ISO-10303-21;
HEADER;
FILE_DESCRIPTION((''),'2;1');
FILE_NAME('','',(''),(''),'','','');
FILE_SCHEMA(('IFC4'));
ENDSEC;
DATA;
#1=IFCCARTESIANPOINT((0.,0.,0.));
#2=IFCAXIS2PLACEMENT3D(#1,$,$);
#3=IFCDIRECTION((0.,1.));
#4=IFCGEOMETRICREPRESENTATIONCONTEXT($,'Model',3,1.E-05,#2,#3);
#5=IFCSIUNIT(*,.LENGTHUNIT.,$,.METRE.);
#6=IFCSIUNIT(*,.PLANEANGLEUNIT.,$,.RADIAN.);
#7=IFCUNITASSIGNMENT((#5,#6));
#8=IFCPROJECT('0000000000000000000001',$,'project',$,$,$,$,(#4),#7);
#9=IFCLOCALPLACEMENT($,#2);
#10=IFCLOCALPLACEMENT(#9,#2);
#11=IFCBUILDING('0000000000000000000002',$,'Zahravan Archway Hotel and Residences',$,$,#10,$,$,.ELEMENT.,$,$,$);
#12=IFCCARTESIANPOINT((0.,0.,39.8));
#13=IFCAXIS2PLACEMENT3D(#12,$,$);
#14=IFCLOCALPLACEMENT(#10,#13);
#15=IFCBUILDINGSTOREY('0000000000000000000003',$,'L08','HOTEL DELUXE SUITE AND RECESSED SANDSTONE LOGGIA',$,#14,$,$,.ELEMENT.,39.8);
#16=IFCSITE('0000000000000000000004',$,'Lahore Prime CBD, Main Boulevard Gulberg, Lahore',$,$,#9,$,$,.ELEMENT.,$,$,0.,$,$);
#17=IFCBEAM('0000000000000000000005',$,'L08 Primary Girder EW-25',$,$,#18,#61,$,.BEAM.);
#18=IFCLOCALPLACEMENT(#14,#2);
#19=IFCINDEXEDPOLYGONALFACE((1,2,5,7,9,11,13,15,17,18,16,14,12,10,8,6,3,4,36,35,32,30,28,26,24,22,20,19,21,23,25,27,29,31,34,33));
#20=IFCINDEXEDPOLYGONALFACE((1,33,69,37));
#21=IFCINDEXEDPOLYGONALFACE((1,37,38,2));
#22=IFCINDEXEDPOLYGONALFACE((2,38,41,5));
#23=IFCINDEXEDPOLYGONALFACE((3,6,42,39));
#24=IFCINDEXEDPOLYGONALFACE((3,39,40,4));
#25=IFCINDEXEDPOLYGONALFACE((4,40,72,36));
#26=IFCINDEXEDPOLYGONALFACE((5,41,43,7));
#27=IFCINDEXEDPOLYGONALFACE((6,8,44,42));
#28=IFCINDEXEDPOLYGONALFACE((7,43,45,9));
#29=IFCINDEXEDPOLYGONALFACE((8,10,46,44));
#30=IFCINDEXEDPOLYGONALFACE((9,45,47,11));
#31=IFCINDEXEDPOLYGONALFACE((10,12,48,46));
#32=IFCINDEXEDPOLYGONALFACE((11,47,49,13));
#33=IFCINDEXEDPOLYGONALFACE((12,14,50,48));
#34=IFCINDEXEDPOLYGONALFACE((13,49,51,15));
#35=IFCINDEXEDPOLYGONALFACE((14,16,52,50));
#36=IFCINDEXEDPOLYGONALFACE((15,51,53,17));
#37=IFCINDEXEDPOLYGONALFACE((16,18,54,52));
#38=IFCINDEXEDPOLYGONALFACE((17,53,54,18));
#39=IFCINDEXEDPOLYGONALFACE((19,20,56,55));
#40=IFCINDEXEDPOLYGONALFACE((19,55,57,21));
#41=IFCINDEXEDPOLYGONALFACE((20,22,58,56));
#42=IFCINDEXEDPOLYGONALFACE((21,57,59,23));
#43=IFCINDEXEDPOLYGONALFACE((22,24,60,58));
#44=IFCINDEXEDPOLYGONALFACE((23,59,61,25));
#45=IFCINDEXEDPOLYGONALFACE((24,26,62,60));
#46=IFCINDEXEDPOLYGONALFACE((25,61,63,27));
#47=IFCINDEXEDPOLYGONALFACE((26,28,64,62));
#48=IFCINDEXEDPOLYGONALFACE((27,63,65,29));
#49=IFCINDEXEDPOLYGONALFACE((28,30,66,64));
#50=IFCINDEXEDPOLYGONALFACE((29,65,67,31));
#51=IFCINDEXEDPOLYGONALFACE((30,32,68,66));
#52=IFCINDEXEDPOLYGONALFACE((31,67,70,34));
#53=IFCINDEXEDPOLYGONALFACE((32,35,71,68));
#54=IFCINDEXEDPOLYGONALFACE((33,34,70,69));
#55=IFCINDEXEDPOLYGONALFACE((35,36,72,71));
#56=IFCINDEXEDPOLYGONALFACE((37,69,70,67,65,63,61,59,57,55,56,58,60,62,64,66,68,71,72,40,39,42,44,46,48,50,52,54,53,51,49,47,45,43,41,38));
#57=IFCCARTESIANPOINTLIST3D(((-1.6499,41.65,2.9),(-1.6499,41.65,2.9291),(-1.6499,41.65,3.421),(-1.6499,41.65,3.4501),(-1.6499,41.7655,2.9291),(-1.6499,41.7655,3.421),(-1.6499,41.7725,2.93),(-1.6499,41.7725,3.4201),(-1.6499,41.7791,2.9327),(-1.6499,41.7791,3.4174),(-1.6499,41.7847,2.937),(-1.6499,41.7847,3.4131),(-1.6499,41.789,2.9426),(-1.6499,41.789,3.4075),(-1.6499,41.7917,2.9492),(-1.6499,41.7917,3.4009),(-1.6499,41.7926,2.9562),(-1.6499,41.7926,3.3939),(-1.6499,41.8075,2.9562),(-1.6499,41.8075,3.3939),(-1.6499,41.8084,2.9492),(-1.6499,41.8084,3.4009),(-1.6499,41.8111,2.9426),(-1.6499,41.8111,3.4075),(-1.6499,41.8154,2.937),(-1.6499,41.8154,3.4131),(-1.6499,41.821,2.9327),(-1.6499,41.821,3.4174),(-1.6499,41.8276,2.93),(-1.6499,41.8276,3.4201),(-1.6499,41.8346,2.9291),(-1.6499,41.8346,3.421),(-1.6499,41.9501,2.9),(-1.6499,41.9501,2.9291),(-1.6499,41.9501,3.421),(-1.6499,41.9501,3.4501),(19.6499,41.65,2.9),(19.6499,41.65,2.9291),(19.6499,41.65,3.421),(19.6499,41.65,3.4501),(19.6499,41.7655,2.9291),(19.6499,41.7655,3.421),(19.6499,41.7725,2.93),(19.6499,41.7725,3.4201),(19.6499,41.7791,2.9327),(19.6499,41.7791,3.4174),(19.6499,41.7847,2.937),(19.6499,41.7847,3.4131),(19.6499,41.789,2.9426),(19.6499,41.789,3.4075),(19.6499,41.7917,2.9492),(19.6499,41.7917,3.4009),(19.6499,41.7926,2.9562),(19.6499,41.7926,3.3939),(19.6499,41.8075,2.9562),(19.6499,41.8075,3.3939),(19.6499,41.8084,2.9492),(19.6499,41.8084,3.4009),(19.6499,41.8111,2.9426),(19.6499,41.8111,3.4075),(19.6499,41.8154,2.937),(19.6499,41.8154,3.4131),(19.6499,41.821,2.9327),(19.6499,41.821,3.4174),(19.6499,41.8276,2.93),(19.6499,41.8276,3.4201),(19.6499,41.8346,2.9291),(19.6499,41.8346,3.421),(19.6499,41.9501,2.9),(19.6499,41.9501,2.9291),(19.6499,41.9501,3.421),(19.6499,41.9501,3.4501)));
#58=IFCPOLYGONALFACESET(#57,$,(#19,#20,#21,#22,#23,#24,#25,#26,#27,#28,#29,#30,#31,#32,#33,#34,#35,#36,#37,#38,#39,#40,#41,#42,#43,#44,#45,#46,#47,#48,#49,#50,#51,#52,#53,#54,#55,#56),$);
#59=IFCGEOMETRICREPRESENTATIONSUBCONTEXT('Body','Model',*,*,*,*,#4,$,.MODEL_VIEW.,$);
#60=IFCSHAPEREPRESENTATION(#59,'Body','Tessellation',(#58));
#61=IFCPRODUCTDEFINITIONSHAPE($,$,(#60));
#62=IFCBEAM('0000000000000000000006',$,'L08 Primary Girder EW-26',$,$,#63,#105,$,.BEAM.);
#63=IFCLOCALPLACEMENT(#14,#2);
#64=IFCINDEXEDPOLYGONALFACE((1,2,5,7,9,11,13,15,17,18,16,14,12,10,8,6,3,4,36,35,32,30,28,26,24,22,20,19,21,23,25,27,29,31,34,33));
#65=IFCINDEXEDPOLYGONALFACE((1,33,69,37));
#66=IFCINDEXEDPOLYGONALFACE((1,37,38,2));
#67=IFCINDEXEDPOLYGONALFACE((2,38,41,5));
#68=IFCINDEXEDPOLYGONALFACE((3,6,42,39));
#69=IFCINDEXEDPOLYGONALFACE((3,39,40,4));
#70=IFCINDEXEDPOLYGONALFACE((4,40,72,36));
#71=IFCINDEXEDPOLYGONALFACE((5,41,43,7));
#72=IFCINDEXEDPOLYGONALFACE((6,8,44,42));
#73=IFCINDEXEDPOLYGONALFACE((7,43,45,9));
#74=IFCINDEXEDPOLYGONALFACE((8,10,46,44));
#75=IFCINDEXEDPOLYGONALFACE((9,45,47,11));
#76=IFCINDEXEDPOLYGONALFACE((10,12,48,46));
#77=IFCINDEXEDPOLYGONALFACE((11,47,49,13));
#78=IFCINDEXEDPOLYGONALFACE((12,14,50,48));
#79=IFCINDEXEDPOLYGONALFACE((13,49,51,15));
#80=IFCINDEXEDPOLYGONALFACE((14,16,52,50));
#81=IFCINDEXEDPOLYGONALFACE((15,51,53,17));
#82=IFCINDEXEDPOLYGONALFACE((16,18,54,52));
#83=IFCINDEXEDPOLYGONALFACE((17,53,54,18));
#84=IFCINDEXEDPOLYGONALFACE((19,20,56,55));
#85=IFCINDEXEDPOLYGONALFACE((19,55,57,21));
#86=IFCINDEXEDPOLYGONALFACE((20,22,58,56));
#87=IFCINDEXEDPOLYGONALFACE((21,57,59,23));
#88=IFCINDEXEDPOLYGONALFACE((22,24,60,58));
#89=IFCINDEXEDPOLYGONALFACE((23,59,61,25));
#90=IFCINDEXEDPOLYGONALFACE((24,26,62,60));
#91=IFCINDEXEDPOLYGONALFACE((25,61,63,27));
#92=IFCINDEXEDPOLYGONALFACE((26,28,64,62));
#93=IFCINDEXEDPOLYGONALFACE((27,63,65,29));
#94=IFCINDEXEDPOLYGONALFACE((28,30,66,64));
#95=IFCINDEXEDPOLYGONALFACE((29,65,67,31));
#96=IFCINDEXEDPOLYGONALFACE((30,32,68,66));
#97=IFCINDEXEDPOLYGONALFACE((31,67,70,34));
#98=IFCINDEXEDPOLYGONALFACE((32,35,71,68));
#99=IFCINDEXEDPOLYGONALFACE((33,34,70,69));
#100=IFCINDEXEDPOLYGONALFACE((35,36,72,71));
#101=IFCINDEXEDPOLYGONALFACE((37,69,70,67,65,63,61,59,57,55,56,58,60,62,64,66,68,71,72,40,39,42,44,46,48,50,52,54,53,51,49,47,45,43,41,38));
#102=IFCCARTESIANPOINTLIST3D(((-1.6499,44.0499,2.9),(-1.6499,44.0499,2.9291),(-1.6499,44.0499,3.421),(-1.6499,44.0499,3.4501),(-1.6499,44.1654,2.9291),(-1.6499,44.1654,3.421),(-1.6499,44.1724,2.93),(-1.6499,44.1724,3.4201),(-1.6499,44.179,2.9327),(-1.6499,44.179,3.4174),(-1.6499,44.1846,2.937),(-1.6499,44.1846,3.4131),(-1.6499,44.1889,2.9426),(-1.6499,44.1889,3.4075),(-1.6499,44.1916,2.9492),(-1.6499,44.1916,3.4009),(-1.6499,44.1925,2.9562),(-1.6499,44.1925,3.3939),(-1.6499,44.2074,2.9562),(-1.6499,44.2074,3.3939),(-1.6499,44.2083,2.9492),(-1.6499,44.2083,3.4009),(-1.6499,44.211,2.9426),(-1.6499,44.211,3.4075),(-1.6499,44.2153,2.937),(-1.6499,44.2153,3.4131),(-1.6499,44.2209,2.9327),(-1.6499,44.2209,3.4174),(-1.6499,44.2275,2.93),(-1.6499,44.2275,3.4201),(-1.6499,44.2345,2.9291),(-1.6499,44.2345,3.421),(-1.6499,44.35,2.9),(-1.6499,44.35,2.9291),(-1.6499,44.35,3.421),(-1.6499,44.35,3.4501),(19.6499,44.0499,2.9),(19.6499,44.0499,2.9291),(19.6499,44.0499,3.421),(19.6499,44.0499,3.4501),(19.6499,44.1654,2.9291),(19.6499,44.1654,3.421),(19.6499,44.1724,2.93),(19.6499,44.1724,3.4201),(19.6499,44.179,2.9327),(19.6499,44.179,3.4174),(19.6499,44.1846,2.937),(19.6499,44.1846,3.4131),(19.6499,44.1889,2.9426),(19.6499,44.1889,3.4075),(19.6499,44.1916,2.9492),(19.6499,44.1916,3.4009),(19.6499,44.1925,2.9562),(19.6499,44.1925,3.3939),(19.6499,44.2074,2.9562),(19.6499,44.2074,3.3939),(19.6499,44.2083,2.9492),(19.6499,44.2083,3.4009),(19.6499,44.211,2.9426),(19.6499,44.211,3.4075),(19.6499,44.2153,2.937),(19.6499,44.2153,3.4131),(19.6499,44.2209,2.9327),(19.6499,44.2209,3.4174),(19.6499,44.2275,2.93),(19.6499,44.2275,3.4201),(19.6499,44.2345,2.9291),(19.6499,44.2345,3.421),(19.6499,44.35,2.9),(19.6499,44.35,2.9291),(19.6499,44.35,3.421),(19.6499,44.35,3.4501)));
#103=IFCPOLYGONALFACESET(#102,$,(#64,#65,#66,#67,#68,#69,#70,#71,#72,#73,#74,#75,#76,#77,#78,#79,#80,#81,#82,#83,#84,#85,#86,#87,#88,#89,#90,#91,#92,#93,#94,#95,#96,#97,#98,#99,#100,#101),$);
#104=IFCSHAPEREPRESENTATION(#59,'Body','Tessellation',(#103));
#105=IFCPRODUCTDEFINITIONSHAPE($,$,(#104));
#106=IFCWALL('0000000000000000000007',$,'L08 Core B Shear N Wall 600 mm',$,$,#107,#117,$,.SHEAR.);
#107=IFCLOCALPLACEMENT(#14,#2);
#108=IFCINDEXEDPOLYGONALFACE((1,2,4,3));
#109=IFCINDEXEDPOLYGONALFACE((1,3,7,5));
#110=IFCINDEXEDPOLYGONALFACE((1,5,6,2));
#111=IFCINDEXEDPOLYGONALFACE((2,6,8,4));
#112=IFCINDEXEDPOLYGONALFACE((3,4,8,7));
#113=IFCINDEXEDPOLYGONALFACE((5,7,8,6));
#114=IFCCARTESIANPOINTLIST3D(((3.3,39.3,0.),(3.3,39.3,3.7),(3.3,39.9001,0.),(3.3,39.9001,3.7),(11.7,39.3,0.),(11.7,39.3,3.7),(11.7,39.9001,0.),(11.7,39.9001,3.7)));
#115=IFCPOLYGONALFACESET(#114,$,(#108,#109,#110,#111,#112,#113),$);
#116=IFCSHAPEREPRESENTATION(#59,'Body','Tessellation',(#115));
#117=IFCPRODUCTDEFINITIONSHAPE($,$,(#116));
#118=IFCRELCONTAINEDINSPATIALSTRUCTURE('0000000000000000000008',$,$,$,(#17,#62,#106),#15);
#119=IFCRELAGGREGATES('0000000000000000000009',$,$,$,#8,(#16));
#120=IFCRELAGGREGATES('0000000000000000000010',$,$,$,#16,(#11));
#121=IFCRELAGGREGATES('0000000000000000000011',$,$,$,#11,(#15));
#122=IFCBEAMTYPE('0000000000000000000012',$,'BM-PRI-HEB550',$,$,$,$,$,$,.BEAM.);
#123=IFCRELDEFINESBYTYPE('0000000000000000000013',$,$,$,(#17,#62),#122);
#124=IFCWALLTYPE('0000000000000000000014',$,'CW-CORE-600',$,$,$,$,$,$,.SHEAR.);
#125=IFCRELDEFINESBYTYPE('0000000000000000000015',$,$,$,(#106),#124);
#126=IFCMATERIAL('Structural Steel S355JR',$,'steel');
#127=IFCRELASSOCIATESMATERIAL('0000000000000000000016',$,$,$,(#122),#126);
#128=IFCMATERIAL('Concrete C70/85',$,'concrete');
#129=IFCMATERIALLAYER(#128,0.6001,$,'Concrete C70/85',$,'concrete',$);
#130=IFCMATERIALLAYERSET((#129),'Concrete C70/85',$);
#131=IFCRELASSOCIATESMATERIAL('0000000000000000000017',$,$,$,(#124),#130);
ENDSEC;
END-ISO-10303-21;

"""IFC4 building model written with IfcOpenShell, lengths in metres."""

from ifc_helpers import new_model, si_unit, direction, frame, frame_2d, origin, origin_2d, place, context, subcontext, project, spatial, rectangle, i_section, extrude, source, transform, mapped, material, layer, layer_set, material_profile, profile_set, type_object, element, save


model = new_model("IFC4")

# Units and contexts
model_context = context("Model", 3, precision=1e-05, world=origin(), true_north=direction((0.0, 1.0)))
body_context = subcontext(model_context, "Body", "Model", "MODEL_VIEW")
ifc_project = project(units=[si_unit("LENGTHUNIT", "METRE"), si_unit("PLANEANGLEUNIT", "RADIAN")], contexts=[model_context])

# Site, building, storey
site_placement = place(None, origin())
site = spatial("IfcSite", under=ifc_project, at=site_placement, Name="Lahore Prime CBD, Main Boulevard Gulberg, Lahore", CompositionType="ELEMENT", RefElevation=0.0)
building_placement = place(site_placement, origin())
building = spatial("IfcBuilding", under=site, at=building_placement, Name="Zahravan Archway Hotel and Residences", CompositionType="ELEMENT")
storey_placement = place(building_placement, frame((0.0, 0.0, 39.8)))
storey = spatial("IfcBuildingStorey", under=building, at=storey_placement, Name="L08", Description="HOTEL DELUXE SUITE AND RECESSED SANDSTONE LOGGIA", CompositionType="ELEMENT", Elevation=39.8)

# Shared definitions
ifc_material_1 = material(Name="Concrete C70/85", Category="concrete")

# Beams
ifc_material_2 = material(Name="Structural Steel S355JR", Category="steel")
ifc_material_profile_1 = material_profile(ifc_material_2, i_section(OverallWidth=0.3, OverallDepth=0.55, WebThickness=0.0149, FlangeThickness=0.0291, FilletRadius=0.0271, at=origin_2d()), Name="HEB 550", Category="steel")
ifc_profile_set_1 = profile_set([ifc_material_profile_1], Name="Structural Steel S355JR")
beam_type_1 = type_object("IfcBeamType", Name="BM-PRI-HEB550", PredefinedType="BEAM", material=ifc_profile_set_1)
shared_shape_1 = source(origin(), body_context, "Body", "SweptSolid", [
    extrude(i_section(OverallWidth=0.3, OverallDepth=0.55, WebThickness=0.0149, FlangeThickness=0.0291, FilletRadius=0.0271, at=origin_2d()), origin(), (0.0, 0.0, 1.0), 21.2998),
])
for number, where, z_axis, x_axis, name in (
    (1, (-1.6499, 41.8, 3.175), (1.0, 0.0, 0.0), (0.0, 1.0, 0.0), "L08 Primary Girder EW-25"),
    (2, (-1.6499, 44.2, 3.175), (1.0, 0.0, 0.0), (0.0, 1.0, 0.0), "L08 Primary Girder EW-26"),
):
    element("IfcBeam", number, at=place(storey_placement, frame(where, z_axis=z_axis, x_axis=x_axis)), inside=storey, type_object=beam_type_1, Name=name, PredefinedType="BEAM", context=body_context, shape_type="MappedRepresentation", body=[
        mapped(shared_shape_1, transform((0.0, 0.0, 0.0), scale=1.0)),
    ])

# Wall
ifc_layer_1 = layer(ifc_material_1, 0.6001, Name="Concrete C70/85", Category="concrete")
ifc_layer_set_1 = layer_set([ifc_layer_1], Name="Concrete C70/85")
wall_type_1 = type_object("IfcWallType", Name="CW-CORE-600", PredefinedType="SHEAR", material=ifc_layer_set_1)
wall_1_placement = place(storey_placement, frame((3.3, 39.6001, 0.0), z_axis=(0.0, 0.0, 1.0), x_axis=(1.0, 0.0, 0.0)))
element("IfcWall", 3, at=wall_1_placement, inside=storey, type_object=wall_type_1, Name="L08 Core B Shear N Wall 600 mm", PredefinedType="SHEAR", context=body_context, shape_type="SweptSolid", body=[
    extrude(rectangle(XDim=8.3999, YDim=0.6001, at=frame_2d((4.2, 0.0))), origin(), (0.0, 0.0, 1.0), 3.7),
])

save(model, "model.ifc")
